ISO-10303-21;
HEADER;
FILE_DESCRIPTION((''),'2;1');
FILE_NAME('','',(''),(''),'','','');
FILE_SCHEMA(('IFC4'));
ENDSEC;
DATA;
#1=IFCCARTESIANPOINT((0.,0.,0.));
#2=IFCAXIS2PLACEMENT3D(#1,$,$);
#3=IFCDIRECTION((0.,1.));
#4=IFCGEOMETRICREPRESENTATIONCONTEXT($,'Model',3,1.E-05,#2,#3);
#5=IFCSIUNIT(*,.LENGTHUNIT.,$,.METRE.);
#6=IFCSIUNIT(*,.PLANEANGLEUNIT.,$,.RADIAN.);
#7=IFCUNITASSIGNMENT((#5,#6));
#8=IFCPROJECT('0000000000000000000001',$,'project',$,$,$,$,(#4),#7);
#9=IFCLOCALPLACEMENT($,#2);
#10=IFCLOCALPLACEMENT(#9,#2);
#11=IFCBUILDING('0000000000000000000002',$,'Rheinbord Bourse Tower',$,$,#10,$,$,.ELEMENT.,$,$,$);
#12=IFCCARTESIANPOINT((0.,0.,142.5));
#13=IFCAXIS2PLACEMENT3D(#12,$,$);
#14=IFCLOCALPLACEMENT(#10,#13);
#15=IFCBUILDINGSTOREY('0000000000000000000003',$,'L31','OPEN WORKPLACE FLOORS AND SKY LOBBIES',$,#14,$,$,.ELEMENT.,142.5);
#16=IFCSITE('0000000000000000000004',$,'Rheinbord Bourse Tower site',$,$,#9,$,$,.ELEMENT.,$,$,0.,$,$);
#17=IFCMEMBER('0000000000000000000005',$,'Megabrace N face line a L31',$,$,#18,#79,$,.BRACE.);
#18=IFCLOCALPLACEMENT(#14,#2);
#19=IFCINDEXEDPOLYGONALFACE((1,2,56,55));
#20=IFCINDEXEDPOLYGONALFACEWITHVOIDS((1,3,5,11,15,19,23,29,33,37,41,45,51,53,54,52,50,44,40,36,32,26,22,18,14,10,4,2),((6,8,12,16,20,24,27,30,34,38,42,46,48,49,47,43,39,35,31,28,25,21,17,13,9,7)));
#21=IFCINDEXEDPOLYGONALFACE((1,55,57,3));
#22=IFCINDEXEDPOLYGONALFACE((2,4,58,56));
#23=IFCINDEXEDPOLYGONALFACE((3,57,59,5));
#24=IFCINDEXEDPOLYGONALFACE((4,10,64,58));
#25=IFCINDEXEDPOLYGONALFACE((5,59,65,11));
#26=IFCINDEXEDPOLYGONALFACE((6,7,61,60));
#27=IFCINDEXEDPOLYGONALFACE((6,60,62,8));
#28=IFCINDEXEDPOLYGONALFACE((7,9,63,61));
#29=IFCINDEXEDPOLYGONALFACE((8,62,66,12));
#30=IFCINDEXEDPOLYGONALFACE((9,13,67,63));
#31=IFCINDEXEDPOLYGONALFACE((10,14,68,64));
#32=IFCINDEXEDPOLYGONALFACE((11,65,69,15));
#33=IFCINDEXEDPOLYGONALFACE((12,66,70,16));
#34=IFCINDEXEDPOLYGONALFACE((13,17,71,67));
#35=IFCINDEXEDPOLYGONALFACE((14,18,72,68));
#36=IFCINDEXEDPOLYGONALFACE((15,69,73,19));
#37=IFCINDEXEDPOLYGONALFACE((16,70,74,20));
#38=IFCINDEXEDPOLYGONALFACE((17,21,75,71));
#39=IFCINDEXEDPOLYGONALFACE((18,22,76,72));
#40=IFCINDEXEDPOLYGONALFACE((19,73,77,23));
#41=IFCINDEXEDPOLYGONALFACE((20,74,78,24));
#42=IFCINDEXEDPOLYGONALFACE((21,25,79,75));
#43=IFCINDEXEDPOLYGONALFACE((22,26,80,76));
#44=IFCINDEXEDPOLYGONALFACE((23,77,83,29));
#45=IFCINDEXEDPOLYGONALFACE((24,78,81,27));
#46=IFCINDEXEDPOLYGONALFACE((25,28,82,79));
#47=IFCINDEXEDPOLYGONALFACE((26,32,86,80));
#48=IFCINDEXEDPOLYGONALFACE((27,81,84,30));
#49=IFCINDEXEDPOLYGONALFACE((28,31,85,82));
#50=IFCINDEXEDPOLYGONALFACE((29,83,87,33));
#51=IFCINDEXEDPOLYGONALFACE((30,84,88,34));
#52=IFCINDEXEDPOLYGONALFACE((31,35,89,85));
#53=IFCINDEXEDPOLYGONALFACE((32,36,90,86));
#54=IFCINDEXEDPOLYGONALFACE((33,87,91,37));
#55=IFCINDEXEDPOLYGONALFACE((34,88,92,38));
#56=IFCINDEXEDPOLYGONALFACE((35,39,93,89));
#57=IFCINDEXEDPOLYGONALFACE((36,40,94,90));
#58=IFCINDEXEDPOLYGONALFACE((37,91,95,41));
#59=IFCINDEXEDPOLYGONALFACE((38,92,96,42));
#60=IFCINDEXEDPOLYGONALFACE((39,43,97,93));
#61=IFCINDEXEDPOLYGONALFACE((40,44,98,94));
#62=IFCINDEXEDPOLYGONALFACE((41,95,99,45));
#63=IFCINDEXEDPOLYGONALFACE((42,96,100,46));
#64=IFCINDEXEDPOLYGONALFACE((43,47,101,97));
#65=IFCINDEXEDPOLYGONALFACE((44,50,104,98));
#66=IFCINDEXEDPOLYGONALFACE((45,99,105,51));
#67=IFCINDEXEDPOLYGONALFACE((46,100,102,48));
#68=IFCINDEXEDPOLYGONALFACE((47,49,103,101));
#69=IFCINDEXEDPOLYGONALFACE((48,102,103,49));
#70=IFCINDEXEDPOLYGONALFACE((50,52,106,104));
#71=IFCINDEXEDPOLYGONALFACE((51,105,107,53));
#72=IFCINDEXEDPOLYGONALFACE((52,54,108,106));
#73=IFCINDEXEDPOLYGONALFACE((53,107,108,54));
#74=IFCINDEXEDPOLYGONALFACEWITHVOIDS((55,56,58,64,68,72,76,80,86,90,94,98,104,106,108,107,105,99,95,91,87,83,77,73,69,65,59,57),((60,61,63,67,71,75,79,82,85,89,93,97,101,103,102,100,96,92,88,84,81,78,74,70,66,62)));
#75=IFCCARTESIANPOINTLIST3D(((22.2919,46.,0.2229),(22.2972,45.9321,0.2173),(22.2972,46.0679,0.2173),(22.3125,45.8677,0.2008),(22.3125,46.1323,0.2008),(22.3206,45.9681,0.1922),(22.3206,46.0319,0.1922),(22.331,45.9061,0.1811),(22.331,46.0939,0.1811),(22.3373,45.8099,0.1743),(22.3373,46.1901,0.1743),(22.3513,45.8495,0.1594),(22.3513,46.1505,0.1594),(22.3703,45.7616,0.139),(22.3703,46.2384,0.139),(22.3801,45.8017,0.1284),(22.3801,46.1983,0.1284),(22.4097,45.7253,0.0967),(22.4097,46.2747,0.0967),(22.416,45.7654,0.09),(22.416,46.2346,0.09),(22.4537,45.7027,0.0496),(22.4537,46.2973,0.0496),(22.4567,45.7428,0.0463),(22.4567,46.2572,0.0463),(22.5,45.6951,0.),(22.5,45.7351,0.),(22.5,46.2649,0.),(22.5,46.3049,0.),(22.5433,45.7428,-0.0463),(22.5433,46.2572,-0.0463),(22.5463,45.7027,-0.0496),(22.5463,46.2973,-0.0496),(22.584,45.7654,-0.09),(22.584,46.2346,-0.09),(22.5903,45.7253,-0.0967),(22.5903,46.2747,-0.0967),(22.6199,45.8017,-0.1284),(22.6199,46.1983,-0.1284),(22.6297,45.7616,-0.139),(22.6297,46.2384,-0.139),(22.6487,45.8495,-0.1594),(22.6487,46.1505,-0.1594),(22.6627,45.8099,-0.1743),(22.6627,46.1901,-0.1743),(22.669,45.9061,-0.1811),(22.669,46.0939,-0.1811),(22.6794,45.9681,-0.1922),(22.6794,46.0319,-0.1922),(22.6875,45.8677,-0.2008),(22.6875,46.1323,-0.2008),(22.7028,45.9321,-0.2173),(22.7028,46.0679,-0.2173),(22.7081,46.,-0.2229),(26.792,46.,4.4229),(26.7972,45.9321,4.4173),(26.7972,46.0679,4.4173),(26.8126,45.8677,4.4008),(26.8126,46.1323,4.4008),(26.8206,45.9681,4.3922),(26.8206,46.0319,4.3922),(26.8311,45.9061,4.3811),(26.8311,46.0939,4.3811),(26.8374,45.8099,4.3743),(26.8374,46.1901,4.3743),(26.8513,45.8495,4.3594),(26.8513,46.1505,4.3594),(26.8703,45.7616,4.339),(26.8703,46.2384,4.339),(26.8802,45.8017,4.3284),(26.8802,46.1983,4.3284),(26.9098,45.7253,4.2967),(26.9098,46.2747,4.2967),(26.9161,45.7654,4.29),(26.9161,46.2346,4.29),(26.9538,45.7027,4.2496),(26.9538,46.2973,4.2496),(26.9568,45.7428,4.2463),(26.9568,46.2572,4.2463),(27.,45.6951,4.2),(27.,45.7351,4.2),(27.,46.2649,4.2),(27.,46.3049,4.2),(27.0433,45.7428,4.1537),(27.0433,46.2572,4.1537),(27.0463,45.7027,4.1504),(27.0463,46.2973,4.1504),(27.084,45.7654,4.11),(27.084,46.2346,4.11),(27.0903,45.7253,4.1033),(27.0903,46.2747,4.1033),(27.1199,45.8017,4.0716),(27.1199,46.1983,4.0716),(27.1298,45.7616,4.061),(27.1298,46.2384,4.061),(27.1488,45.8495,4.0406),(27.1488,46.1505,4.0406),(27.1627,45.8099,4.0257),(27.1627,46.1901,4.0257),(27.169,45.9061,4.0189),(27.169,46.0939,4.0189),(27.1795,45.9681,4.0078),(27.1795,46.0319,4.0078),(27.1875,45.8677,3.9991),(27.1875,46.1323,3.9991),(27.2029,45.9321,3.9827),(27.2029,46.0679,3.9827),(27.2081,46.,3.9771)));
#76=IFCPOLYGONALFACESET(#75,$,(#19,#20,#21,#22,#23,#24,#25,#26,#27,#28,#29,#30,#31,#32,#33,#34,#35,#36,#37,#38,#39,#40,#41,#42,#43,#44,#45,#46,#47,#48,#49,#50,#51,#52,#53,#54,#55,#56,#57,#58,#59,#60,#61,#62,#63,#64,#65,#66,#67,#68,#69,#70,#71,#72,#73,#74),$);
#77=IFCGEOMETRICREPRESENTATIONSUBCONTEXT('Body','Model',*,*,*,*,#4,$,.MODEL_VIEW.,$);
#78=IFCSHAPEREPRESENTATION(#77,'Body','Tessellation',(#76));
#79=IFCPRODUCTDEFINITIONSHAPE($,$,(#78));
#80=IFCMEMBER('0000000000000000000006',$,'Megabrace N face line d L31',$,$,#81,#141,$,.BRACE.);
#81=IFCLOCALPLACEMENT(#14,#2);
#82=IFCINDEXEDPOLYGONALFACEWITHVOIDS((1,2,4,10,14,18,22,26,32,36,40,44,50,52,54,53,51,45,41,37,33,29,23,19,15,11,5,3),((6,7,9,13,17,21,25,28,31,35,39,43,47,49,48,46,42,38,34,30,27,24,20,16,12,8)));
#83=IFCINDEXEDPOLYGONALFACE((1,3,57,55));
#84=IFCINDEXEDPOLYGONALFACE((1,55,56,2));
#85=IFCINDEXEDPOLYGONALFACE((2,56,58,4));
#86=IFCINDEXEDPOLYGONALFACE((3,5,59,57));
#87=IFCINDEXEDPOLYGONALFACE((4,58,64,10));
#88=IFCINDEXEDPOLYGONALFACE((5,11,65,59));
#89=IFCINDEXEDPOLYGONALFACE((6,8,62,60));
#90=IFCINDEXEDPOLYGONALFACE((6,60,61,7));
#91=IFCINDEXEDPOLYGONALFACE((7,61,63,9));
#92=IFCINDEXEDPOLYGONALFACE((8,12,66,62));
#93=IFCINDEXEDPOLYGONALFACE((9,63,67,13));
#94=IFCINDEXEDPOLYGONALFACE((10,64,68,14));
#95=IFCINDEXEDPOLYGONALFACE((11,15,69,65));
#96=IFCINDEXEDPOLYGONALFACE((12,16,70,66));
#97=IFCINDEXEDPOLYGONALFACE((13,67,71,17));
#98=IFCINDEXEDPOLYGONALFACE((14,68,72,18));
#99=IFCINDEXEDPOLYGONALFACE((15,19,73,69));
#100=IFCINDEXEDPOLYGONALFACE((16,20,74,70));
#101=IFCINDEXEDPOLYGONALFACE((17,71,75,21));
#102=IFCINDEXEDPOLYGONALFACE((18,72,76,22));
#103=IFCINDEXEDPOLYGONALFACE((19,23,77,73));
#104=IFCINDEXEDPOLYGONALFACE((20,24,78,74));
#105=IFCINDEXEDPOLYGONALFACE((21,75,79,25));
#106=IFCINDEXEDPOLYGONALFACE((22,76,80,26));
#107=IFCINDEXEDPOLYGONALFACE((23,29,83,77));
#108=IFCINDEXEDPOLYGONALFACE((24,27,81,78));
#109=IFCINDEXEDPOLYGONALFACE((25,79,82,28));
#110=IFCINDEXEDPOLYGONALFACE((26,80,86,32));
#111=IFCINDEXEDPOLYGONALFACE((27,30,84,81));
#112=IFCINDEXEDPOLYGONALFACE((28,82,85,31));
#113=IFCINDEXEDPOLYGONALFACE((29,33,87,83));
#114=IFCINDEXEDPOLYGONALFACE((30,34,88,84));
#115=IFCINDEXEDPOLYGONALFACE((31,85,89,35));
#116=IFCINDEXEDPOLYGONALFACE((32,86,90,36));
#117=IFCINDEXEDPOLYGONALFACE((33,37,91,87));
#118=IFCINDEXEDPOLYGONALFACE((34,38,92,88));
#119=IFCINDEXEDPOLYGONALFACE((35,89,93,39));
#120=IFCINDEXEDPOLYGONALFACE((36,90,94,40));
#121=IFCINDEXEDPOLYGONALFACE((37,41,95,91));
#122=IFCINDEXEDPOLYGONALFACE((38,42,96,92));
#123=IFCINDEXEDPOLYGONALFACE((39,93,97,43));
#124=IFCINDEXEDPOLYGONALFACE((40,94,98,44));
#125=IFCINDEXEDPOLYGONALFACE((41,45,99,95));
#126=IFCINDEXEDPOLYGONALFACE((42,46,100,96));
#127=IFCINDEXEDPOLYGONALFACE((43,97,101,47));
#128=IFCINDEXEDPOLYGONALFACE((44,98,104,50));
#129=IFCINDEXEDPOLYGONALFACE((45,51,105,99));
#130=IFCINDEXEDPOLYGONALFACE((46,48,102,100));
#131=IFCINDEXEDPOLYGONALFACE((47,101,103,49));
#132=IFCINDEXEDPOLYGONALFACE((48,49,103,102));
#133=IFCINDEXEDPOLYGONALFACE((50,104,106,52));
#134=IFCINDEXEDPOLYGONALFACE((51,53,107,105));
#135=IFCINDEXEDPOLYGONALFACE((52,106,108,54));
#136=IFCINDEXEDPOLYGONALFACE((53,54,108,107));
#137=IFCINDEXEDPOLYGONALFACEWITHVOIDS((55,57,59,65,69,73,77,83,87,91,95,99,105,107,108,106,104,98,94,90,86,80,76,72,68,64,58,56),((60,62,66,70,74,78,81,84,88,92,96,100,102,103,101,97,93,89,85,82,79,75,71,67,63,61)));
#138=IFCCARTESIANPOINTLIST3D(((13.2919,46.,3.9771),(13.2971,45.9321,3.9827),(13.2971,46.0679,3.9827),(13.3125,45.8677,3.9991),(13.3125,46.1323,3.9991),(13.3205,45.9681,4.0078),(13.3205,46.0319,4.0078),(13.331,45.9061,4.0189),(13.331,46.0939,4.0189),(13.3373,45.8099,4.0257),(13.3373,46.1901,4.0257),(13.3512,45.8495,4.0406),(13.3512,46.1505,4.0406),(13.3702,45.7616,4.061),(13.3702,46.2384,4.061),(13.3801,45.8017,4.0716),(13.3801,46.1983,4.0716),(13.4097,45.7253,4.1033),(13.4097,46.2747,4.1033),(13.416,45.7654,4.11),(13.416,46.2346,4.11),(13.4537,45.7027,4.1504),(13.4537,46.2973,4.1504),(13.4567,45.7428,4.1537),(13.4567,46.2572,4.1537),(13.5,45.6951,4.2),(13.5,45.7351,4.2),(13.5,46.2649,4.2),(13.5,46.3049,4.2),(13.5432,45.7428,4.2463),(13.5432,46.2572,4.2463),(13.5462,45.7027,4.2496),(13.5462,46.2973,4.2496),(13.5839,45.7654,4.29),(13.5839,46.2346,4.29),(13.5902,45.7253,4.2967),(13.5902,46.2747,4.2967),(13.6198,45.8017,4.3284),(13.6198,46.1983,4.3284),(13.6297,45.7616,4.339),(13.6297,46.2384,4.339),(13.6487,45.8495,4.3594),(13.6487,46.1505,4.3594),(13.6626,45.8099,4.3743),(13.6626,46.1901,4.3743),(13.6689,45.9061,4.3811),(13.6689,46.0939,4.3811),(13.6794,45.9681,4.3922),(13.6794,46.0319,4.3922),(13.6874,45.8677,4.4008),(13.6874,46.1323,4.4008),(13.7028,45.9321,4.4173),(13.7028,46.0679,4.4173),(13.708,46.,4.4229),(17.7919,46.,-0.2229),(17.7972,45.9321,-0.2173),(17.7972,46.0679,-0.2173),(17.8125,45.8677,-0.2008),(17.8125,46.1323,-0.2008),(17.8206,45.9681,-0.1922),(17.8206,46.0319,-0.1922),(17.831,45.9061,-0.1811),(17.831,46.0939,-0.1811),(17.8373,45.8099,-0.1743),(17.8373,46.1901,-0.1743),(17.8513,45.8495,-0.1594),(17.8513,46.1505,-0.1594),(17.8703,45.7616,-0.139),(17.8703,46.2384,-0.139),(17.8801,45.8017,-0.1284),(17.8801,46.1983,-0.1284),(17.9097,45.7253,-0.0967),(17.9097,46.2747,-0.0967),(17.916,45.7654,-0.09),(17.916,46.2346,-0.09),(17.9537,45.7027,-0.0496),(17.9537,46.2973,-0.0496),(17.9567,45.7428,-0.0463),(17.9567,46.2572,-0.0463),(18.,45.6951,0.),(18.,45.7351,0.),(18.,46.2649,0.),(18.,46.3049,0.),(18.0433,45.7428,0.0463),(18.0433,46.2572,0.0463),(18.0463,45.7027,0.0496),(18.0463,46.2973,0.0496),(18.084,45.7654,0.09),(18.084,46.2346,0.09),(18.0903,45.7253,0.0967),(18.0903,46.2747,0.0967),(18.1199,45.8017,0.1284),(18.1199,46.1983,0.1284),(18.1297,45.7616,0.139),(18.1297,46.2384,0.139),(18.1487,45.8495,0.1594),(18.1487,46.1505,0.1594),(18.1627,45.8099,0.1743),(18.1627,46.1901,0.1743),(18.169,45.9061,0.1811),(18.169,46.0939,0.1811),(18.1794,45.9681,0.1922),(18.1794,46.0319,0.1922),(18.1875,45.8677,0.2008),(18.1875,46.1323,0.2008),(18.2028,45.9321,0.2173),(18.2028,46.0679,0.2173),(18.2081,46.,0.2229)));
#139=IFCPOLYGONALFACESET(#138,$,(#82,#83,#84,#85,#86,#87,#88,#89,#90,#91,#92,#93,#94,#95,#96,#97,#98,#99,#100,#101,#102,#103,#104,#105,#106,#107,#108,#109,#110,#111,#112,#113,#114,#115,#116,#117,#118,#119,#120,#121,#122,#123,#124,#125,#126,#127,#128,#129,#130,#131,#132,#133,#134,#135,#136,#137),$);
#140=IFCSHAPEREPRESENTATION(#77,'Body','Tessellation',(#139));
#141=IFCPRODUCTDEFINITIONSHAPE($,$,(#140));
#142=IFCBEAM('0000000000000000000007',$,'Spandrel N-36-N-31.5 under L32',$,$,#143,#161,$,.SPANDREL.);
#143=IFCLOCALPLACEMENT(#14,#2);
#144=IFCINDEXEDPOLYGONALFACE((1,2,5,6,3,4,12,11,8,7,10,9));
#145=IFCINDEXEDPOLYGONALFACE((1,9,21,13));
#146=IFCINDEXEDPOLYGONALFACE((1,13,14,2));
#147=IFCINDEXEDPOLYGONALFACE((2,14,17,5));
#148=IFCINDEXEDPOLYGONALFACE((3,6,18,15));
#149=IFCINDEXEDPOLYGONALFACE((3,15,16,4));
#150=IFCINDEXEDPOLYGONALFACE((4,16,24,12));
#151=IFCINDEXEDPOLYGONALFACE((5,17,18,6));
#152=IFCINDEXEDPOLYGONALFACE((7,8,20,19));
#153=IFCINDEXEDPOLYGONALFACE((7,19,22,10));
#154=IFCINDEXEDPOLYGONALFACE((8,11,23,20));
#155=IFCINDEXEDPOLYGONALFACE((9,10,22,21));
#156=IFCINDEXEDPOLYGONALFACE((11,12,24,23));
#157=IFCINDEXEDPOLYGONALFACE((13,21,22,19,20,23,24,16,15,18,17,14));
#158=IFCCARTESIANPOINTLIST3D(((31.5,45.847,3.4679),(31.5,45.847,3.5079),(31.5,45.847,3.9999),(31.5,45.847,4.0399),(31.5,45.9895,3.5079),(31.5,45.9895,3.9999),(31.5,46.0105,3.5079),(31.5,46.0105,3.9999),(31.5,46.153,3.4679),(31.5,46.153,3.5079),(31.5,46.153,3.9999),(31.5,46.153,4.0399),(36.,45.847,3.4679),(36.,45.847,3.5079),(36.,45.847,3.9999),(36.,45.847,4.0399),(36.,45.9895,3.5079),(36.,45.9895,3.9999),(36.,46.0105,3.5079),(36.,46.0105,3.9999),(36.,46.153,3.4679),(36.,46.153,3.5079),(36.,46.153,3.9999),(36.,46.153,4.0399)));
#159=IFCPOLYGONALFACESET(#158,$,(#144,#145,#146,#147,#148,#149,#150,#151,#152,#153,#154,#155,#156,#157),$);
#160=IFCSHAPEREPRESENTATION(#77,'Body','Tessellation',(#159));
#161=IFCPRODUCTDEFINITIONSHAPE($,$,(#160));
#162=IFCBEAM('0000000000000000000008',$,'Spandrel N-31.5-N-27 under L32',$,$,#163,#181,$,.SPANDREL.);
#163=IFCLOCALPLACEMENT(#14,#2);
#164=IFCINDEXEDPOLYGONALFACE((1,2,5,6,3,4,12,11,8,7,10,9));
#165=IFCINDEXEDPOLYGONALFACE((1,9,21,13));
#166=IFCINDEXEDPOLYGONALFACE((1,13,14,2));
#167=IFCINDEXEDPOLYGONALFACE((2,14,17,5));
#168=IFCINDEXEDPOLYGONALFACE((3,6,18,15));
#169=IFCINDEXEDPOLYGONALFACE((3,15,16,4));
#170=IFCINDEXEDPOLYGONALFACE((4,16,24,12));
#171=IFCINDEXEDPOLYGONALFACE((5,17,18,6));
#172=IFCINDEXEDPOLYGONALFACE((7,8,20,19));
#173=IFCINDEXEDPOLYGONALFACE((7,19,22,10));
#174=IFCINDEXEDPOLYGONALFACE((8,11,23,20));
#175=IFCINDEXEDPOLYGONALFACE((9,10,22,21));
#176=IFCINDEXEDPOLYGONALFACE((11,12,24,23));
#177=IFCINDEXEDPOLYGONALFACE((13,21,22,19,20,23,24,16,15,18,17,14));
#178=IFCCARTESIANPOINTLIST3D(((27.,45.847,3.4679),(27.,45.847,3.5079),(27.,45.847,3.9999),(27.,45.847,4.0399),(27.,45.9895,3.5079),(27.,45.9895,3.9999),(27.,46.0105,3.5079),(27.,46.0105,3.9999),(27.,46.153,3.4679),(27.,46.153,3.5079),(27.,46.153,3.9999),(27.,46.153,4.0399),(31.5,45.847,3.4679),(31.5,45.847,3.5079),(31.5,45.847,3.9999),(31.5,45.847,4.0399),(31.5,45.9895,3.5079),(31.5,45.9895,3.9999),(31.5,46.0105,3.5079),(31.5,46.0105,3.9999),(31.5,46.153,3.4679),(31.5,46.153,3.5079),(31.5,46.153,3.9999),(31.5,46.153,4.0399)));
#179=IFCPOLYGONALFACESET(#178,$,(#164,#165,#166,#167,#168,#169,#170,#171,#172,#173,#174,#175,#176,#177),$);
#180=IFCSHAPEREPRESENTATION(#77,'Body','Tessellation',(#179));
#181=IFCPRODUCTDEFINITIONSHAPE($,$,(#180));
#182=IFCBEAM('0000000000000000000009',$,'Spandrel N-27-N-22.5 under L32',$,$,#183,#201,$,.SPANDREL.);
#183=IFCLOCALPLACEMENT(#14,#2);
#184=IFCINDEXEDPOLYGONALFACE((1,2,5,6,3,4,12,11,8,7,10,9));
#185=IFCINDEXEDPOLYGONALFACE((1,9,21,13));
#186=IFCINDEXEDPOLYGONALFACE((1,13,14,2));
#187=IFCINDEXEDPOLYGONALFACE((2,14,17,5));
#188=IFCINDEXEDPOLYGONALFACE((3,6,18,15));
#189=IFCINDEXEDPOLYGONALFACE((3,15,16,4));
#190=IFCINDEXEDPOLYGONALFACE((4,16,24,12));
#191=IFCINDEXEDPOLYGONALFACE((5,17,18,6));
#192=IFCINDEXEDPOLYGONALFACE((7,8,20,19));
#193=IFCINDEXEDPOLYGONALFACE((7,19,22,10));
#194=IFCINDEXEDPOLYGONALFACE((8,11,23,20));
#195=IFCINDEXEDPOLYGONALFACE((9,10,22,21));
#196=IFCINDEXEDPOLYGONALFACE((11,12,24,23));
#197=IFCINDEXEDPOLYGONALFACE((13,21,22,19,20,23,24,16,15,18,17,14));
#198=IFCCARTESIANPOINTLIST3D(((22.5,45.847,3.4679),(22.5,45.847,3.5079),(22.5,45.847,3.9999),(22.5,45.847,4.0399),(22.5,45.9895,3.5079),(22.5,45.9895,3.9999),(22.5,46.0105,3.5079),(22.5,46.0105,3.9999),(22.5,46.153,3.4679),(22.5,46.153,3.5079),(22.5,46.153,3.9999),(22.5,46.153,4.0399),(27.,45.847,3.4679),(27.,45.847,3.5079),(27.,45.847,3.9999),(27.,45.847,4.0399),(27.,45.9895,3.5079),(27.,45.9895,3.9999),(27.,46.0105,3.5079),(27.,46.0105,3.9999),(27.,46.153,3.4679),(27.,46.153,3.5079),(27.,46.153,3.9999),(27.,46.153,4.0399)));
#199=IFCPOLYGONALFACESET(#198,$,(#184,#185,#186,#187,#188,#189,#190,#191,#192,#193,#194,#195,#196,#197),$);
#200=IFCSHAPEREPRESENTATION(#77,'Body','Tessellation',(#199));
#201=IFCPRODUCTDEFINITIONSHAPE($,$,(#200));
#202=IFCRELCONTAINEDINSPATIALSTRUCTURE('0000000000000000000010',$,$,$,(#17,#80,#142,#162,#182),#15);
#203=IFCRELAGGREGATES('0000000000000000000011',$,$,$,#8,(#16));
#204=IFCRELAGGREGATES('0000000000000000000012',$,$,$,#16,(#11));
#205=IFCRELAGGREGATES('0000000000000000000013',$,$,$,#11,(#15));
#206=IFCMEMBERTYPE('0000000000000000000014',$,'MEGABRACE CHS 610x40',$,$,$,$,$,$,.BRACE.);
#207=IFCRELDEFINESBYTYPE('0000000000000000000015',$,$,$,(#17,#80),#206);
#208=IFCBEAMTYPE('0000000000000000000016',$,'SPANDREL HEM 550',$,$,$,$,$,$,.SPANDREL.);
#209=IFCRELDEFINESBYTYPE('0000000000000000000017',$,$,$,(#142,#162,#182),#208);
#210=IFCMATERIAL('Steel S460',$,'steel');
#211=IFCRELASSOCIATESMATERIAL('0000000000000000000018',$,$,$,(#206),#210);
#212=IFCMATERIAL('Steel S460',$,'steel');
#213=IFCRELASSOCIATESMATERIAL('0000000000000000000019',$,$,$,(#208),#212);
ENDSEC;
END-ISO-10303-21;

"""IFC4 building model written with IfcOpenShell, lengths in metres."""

from ifc_helpers import new_model, si_unit, direction, frame, origin, origin_2d, place, context, subcontext, project, spatial, hollow_circle, i_section, extrude, material, material_profile, profile_set, type_object, element, save


model = new_model("IFC4")

# Units and contexts
model_context = context("Model", 3, precision=1e-05, world=origin(), true_north=direction((0.0, 1.0)))
body_context = subcontext(model_context, "Body", "Model", "MODEL_VIEW")
ifc_project = project(units=[si_unit("LENGTHUNIT", "METRE"), si_unit("PLANEANGLEUNIT", "RADIAN")], contexts=[model_context])

# Site, building, storey
site_placement = place(None, origin())
site = spatial("IfcSite", under=ifc_project, at=site_placement, Name="Rheinbord Bourse Tower site", CompositionType="ELEMENT", RefElevation=0.0)
building_placement = place(site_placement, origin())
building = spatial("IfcBuilding", under=site, at=building_placement, Name="Rheinbord Bourse Tower", CompositionType="ELEMENT")
storey_placement = place(building_placement, frame((0.0, 0.0, 142.5)))
storey = spatial("IfcBuildingStorey", under=building, at=storey_placement, Name="L31", Description="OPEN WORKPLACE FLOORS AND SKY LOBBIES", CompositionType="ELEMENT", Elevation=142.5)

# Members
ifc_material_1 = material(Name="Steel S460", Category="steel")
ifc_material_profile_1 = material_profile(ifc_material_1, hollow_circle(Radius=0.3049, WallThickness=0.04, at=origin_2d()), Name="CHS 610x40")
ifc_profile_set_1 = profile_set([ifc_material_profile_1], Name="Steel S460")
member_type_1 = type_object("IfcMemberType", Name="MEGABRACE CHS 610x40", PredefinedType="BRACE", material=ifc_profile_set_1)
for number, where, z_axis, x_axis, name in (
    (1, (22.5, 46.0, 0.0), (0.731059, 0.0, 0.682314), (0.0, 1.0, 0.0), "Megabrace N face line a L31"),
    (2, (18.0, 46.0, 0.0), (-0.731059, 0.0, 0.682314), (0.0, -1.0, 0.0), "Megabrace N face line d L31"),
):
    element("IfcMember", number, at=place(storey_placement, frame(where, z_axis=z_axis, x_axis=x_axis)), inside=storey, type_object=member_type_1, Name=name, PredefinedType="BRACE", context=body_context, shape_type="SweptSolid", body=[
        extrude(hollow_circle(Radius=0.3049, WallThickness=0.04, at=origin_2d()), origin(), (0.0, 0.0, 1.0), 6.1555),
    ])

# Beams
ifc_material_2 = material(Name="Steel S460", Category="steel")
ifc_material_profile_2 = material_profile(ifc_material_2, i_section(OverallWidth=0.3059, OverallDepth=0.572, WebThickness=0.021, FlangeThickness=0.04, at=origin_2d()), Name="HEM 550")
ifc_profile_set_2 = profile_set([ifc_material_profile_2], Name="Steel S460")
beam_type_1 = type_object("IfcBeamType", Name="SPANDREL HEM 550", PredefinedType="SPANDREL", material=ifc_profile_set_2)
for number, where, z_axis, x_axis, name in (
    (3, (36.0, 46.0, 3.7539), (-1.0, 0.0, 0.0), (0.0, -1.0, 0.0), "Spandrel N-36-N-31.5 under L32"),
    (4, (31.5, 46.0, 3.7539), (-1.0, 0.0, 0.0), (0.0, -1.0, 0.0), "Spandrel N-31.5-N-27 under L32"),
    (5, (27.0, 46.0, 3.7539), (-1.0, 0.0, 0.0), (0.0, -1.0, 0.0), "Spandrel N-27-N-22.5 under L32"),
):
    element("IfcBeam", number, at=place(storey_placement, frame(where, z_axis=z_axis, x_axis=x_axis)), inside=storey, type_object=beam_type_1, Name=name, PredefinedType="SPANDREL", context=body_context, shape_type="SweptSolid", body=[
        extrude(i_section(OverallWidth=0.3059, OverallDepth=0.572, WebThickness=0.021, FlangeThickness=0.04, at=origin_2d()), origin(), (0.0, 0.0, 1.0), 4.5),
    ])

save(model, "model.ifc")
